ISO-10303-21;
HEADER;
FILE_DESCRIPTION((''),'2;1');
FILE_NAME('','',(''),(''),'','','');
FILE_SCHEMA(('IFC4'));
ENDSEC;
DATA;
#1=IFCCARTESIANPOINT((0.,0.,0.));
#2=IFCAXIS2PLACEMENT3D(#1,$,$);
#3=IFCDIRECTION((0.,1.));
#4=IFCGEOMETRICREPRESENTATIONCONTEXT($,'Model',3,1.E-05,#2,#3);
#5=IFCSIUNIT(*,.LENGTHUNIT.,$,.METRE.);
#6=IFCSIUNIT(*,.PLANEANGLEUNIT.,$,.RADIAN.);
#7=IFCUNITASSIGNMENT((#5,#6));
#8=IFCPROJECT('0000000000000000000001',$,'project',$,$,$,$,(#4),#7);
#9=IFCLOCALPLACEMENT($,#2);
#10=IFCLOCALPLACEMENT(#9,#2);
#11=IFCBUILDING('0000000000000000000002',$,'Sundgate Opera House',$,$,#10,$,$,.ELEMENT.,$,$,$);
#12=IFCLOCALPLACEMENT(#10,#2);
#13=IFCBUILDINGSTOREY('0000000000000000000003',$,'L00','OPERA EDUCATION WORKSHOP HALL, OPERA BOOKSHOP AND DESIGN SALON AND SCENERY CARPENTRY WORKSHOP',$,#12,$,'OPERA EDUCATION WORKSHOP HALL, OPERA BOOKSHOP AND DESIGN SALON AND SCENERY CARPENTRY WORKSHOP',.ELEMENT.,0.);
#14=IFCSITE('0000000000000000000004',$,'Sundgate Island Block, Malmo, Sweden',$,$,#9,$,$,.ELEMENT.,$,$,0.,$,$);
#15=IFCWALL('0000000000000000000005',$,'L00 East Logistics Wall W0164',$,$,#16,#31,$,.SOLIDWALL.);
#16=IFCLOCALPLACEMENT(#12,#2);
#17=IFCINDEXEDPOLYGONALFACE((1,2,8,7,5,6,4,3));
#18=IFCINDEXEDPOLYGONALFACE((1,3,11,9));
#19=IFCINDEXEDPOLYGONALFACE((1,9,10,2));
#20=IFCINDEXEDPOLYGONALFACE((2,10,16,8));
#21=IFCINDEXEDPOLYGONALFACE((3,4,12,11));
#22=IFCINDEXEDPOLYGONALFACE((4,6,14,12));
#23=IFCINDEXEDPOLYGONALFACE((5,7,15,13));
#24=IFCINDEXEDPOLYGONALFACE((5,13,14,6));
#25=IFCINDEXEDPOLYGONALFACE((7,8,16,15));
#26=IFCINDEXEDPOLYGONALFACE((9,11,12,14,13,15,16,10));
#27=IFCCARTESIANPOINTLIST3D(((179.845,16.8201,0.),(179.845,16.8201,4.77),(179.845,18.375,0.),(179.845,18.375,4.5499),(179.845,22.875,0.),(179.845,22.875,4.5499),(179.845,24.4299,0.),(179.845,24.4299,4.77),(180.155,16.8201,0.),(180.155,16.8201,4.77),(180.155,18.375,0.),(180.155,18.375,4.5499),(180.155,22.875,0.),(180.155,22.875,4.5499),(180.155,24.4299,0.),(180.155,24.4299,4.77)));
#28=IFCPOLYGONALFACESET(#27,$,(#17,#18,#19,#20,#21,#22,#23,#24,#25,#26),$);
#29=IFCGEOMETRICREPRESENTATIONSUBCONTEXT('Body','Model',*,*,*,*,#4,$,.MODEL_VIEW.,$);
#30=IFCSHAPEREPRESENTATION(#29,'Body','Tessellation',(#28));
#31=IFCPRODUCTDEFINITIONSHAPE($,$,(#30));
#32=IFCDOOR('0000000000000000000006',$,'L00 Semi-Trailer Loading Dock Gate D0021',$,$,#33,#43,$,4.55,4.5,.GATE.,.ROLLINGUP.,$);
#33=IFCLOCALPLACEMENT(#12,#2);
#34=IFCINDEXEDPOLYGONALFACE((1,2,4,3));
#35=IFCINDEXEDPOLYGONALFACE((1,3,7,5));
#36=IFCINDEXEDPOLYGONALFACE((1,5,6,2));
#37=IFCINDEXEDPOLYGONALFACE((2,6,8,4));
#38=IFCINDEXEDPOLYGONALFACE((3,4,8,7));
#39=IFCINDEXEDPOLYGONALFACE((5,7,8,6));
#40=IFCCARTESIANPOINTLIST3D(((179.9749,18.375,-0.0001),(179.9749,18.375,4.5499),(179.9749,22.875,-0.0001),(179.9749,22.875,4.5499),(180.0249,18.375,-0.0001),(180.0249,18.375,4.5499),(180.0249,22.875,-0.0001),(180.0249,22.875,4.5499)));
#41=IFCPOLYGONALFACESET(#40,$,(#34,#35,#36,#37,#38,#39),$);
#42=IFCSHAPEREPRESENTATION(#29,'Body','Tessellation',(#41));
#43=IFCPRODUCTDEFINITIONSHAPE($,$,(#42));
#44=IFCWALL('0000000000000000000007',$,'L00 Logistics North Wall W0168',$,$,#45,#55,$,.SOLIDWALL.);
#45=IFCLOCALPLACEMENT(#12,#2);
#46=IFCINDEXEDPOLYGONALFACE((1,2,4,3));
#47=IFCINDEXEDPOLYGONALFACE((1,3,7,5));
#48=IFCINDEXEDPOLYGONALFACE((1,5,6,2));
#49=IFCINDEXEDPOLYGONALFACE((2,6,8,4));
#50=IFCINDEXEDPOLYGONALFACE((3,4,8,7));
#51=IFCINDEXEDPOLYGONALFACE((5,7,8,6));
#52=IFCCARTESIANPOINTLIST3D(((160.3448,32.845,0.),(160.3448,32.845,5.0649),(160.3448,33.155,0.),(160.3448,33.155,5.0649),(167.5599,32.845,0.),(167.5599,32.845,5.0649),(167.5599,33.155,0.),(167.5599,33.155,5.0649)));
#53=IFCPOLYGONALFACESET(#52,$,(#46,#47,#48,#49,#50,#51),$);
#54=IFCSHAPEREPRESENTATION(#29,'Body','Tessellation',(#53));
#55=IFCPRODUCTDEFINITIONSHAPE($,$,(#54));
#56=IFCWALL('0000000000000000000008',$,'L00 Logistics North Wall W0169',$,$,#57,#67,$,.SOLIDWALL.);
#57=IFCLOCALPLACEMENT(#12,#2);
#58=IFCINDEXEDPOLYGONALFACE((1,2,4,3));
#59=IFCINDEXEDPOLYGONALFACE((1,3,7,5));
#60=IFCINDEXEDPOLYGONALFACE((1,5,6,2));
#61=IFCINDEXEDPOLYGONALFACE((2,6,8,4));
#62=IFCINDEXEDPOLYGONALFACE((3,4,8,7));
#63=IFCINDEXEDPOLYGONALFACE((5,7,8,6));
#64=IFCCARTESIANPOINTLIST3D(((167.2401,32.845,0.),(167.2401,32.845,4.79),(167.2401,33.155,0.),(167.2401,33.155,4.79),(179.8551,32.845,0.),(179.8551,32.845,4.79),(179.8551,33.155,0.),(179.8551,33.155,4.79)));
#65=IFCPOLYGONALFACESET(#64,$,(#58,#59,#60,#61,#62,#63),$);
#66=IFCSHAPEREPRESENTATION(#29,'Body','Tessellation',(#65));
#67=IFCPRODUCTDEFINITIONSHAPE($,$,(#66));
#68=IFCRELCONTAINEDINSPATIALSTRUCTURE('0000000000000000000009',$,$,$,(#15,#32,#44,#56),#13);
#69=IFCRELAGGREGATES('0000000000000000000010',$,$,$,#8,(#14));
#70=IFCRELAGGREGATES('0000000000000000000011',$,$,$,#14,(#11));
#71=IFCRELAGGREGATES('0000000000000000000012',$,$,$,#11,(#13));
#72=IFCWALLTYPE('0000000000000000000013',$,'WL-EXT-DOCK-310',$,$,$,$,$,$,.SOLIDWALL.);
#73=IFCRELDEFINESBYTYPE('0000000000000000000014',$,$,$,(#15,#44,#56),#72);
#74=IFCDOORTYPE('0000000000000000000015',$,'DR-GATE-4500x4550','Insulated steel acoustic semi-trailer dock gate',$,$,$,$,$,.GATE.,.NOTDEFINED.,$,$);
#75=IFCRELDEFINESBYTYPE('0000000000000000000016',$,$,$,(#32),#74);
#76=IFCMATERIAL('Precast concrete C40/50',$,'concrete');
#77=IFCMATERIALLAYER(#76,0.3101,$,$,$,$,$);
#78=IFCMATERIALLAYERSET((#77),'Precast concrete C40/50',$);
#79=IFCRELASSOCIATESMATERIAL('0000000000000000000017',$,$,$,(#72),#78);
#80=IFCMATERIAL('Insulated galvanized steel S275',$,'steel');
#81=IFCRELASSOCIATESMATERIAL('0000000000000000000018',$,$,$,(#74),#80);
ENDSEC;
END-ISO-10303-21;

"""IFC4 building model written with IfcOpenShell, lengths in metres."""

from ifc_helpers import new_model, si_unit, direction, frame, frame_2d, origin, place, context, subcontext, project, spatial, rectangle, extrude, material, layer, layer_set, type_object, element, fill, save


model = new_model("IFC4")

# Units and contexts
model_context = context("Model", 3, precision=1e-05, world=origin(), true_north=direction((0.0, 1.0)))
body_context = subcontext(model_context, "Body", "Model", "MODEL_VIEW")
ifc_project = project(units=[si_unit("LENGTHUNIT", "METRE"), si_unit("PLANEANGLEUNIT", "RADIAN")], contexts=[model_context])

# Site, building, storey
site_placement = place(None, origin())
site = spatial("IfcSite", under=ifc_project, at=site_placement, Name="Sundgate Island Block, Malmo, Sweden", CompositionType="ELEMENT", RefElevation=0.0)
building_placement = place(site_placement, origin())
building = spatial("IfcBuilding", under=site, at=building_placement, Name="Sundgate Opera House", CompositionType="ELEMENT")
storey_placement = place(building_placement, origin())
storey = spatial("IfcBuildingStorey", under=building, at=storey_placement, Name="L00", Description="OPERA EDUCATION WORKSHOP HALL, OPERA BOOKSHOP AND DESIGN SALON AND SCENERY CARPENTRY WORKSHOP", LongName="OPERA EDUCATION WORKSHOP HALL, OPERA BOOKSHOP AND DESIGN SALON AND SCENERY CARPENTRY WORKSHOP", CompositionType="ELEMENT", Elevation=0.0)

# Wall, opening, door
ifc_material_1 = material(Name="Precast concrete C40/50", Category="concrete")
ifc_layer_1 = layer(ifc_material_1, 0.3101)
ifc_layer_set_1 = layer_set([ifc_layer_1], Name="Precast concrete C40/50")
wall_type = type_object("IfcWallType", Name="WL-EXT-DOCK-310", PredefinedType="SOLIDWALL", material=ifc_layer_set_1)
wall_1_placement = place(storey_placement, frame((180.0, 24.4299, 0.0), z_axis=(0.0, 0.0, 1.0), x_axis=(0.0, -1.0, 0.0)))
wall_1 = element("IfcWall", 1, at=wall_1_placement, inside=storey, type_object=wall_type, Name="L00 East Logistics Wall W0164", PredefinedType="SOLIDWALL", context=body_context, shape_type="SweptSolid", body=[
    extrude(rectangle(XDim=7.6099, YDim=0.3101, at=frame_2d((3.8049, 0.0))), origin(), (0.0, 0.0, 1.0), 4.77),
])
opening_1_placement = place(wall_1_placement, frame((1.5549, 0.0, 0.0)))
opening_1 = element("IfcOpeningElement", 2, at=opening_1_placement, cuts=wall_1, PredefinedType="OPENING", context=body_context, shape_type="SweptSolid", body=[
    extrude(rectangle(XDim=4.5, YDim=4.55, at=frame_2d((2.25, 2.2749))), frame((0.0, 0.165, 0.0), z_axis=(0.0, -1.0, 0.0), x_axis=(1.0, 0.0, 0.0)), (0.0, 0.0, 1.0), 0.3301),
])
ifc_material_2 = material(Name="Insulated galvanized steel S275", Category="steel")
door_type_1 = type_object("IfcDoorType", Name="DR-GATE-4500x4550", Description="Insulated steel acoustic semi-trailer dock gate", OperationType="NOTDEFINED", PredefinedType="GATE", material=ifc_material_2)
door_1_placement = place(opening_1_placement, origin())
door_1 = element("IfcDoor", 3, at=door_1_placement, inside=storey, type_object=door_type_1, Name="L00 Semi-Trailer Loading Dock Gate D0021", OperationType="ROLLINGUP", OverallHeight=4.55, OverallWidth=4.5, PredefinedType="GATE", context=body_context, shape_type="SweptSolid", body=[
    extrude(rectangle(XDim=4.5, YDim=4.55, at=frame_2d((2.25, 2.2749))), frame((0.0, 0.0249, 0.0), z_axis=(0.0, -1.0, 0.0), x_axis=(1.0, 0.0, 0.0)), (0.0, 0.0, 1.0), 0.05),
])
fill(opening_1, door_1)

# Walls
wall_2_placement = place(storey_placement, frame((160.345, 33.0, 0.0), z_axis=(0.0, 0.0, 1.0), x_axis=(1.0, 0.0, 0.0)))
element("IfcWall", 4, at=wall_2_placement, inside=storey, type_object=wall_type, Name="L00 Logistics North Wall W0168", PredefinedType="SOLIDWALL", context=body_context, shape_type="SweptSolid", body=[
    extrude(rectangle(XDim=7.2151, YDim=0.3101, at=frame_2d((3.6074, 0.0))), origin(), (0.0, 0.0, 1.0), 5.0649),
])
wall_3_placement = place(storey_placement, frame((167.24, 33.0, 0.0), z_axis=(0.0, 0.0, 1.0), x_axis=(1.0, 0.0, 0.0)))
element("IfcWall", 5, at=wall_3_placement, inside=storey, type_object=wall_type, Name="L00 Logistics North Wall W0169", PredefinedType="SOLIDWALL", context=body_context, shape_type="SweptSolid", body=[
    extrude(rectangle(XDim=12.615, YDim=0.3101, at=frame_2d((6.3076, 0.0))), origin(), (0.0, 0.0, 1.0), 4.79),
])

save(model, "model.ifc")
